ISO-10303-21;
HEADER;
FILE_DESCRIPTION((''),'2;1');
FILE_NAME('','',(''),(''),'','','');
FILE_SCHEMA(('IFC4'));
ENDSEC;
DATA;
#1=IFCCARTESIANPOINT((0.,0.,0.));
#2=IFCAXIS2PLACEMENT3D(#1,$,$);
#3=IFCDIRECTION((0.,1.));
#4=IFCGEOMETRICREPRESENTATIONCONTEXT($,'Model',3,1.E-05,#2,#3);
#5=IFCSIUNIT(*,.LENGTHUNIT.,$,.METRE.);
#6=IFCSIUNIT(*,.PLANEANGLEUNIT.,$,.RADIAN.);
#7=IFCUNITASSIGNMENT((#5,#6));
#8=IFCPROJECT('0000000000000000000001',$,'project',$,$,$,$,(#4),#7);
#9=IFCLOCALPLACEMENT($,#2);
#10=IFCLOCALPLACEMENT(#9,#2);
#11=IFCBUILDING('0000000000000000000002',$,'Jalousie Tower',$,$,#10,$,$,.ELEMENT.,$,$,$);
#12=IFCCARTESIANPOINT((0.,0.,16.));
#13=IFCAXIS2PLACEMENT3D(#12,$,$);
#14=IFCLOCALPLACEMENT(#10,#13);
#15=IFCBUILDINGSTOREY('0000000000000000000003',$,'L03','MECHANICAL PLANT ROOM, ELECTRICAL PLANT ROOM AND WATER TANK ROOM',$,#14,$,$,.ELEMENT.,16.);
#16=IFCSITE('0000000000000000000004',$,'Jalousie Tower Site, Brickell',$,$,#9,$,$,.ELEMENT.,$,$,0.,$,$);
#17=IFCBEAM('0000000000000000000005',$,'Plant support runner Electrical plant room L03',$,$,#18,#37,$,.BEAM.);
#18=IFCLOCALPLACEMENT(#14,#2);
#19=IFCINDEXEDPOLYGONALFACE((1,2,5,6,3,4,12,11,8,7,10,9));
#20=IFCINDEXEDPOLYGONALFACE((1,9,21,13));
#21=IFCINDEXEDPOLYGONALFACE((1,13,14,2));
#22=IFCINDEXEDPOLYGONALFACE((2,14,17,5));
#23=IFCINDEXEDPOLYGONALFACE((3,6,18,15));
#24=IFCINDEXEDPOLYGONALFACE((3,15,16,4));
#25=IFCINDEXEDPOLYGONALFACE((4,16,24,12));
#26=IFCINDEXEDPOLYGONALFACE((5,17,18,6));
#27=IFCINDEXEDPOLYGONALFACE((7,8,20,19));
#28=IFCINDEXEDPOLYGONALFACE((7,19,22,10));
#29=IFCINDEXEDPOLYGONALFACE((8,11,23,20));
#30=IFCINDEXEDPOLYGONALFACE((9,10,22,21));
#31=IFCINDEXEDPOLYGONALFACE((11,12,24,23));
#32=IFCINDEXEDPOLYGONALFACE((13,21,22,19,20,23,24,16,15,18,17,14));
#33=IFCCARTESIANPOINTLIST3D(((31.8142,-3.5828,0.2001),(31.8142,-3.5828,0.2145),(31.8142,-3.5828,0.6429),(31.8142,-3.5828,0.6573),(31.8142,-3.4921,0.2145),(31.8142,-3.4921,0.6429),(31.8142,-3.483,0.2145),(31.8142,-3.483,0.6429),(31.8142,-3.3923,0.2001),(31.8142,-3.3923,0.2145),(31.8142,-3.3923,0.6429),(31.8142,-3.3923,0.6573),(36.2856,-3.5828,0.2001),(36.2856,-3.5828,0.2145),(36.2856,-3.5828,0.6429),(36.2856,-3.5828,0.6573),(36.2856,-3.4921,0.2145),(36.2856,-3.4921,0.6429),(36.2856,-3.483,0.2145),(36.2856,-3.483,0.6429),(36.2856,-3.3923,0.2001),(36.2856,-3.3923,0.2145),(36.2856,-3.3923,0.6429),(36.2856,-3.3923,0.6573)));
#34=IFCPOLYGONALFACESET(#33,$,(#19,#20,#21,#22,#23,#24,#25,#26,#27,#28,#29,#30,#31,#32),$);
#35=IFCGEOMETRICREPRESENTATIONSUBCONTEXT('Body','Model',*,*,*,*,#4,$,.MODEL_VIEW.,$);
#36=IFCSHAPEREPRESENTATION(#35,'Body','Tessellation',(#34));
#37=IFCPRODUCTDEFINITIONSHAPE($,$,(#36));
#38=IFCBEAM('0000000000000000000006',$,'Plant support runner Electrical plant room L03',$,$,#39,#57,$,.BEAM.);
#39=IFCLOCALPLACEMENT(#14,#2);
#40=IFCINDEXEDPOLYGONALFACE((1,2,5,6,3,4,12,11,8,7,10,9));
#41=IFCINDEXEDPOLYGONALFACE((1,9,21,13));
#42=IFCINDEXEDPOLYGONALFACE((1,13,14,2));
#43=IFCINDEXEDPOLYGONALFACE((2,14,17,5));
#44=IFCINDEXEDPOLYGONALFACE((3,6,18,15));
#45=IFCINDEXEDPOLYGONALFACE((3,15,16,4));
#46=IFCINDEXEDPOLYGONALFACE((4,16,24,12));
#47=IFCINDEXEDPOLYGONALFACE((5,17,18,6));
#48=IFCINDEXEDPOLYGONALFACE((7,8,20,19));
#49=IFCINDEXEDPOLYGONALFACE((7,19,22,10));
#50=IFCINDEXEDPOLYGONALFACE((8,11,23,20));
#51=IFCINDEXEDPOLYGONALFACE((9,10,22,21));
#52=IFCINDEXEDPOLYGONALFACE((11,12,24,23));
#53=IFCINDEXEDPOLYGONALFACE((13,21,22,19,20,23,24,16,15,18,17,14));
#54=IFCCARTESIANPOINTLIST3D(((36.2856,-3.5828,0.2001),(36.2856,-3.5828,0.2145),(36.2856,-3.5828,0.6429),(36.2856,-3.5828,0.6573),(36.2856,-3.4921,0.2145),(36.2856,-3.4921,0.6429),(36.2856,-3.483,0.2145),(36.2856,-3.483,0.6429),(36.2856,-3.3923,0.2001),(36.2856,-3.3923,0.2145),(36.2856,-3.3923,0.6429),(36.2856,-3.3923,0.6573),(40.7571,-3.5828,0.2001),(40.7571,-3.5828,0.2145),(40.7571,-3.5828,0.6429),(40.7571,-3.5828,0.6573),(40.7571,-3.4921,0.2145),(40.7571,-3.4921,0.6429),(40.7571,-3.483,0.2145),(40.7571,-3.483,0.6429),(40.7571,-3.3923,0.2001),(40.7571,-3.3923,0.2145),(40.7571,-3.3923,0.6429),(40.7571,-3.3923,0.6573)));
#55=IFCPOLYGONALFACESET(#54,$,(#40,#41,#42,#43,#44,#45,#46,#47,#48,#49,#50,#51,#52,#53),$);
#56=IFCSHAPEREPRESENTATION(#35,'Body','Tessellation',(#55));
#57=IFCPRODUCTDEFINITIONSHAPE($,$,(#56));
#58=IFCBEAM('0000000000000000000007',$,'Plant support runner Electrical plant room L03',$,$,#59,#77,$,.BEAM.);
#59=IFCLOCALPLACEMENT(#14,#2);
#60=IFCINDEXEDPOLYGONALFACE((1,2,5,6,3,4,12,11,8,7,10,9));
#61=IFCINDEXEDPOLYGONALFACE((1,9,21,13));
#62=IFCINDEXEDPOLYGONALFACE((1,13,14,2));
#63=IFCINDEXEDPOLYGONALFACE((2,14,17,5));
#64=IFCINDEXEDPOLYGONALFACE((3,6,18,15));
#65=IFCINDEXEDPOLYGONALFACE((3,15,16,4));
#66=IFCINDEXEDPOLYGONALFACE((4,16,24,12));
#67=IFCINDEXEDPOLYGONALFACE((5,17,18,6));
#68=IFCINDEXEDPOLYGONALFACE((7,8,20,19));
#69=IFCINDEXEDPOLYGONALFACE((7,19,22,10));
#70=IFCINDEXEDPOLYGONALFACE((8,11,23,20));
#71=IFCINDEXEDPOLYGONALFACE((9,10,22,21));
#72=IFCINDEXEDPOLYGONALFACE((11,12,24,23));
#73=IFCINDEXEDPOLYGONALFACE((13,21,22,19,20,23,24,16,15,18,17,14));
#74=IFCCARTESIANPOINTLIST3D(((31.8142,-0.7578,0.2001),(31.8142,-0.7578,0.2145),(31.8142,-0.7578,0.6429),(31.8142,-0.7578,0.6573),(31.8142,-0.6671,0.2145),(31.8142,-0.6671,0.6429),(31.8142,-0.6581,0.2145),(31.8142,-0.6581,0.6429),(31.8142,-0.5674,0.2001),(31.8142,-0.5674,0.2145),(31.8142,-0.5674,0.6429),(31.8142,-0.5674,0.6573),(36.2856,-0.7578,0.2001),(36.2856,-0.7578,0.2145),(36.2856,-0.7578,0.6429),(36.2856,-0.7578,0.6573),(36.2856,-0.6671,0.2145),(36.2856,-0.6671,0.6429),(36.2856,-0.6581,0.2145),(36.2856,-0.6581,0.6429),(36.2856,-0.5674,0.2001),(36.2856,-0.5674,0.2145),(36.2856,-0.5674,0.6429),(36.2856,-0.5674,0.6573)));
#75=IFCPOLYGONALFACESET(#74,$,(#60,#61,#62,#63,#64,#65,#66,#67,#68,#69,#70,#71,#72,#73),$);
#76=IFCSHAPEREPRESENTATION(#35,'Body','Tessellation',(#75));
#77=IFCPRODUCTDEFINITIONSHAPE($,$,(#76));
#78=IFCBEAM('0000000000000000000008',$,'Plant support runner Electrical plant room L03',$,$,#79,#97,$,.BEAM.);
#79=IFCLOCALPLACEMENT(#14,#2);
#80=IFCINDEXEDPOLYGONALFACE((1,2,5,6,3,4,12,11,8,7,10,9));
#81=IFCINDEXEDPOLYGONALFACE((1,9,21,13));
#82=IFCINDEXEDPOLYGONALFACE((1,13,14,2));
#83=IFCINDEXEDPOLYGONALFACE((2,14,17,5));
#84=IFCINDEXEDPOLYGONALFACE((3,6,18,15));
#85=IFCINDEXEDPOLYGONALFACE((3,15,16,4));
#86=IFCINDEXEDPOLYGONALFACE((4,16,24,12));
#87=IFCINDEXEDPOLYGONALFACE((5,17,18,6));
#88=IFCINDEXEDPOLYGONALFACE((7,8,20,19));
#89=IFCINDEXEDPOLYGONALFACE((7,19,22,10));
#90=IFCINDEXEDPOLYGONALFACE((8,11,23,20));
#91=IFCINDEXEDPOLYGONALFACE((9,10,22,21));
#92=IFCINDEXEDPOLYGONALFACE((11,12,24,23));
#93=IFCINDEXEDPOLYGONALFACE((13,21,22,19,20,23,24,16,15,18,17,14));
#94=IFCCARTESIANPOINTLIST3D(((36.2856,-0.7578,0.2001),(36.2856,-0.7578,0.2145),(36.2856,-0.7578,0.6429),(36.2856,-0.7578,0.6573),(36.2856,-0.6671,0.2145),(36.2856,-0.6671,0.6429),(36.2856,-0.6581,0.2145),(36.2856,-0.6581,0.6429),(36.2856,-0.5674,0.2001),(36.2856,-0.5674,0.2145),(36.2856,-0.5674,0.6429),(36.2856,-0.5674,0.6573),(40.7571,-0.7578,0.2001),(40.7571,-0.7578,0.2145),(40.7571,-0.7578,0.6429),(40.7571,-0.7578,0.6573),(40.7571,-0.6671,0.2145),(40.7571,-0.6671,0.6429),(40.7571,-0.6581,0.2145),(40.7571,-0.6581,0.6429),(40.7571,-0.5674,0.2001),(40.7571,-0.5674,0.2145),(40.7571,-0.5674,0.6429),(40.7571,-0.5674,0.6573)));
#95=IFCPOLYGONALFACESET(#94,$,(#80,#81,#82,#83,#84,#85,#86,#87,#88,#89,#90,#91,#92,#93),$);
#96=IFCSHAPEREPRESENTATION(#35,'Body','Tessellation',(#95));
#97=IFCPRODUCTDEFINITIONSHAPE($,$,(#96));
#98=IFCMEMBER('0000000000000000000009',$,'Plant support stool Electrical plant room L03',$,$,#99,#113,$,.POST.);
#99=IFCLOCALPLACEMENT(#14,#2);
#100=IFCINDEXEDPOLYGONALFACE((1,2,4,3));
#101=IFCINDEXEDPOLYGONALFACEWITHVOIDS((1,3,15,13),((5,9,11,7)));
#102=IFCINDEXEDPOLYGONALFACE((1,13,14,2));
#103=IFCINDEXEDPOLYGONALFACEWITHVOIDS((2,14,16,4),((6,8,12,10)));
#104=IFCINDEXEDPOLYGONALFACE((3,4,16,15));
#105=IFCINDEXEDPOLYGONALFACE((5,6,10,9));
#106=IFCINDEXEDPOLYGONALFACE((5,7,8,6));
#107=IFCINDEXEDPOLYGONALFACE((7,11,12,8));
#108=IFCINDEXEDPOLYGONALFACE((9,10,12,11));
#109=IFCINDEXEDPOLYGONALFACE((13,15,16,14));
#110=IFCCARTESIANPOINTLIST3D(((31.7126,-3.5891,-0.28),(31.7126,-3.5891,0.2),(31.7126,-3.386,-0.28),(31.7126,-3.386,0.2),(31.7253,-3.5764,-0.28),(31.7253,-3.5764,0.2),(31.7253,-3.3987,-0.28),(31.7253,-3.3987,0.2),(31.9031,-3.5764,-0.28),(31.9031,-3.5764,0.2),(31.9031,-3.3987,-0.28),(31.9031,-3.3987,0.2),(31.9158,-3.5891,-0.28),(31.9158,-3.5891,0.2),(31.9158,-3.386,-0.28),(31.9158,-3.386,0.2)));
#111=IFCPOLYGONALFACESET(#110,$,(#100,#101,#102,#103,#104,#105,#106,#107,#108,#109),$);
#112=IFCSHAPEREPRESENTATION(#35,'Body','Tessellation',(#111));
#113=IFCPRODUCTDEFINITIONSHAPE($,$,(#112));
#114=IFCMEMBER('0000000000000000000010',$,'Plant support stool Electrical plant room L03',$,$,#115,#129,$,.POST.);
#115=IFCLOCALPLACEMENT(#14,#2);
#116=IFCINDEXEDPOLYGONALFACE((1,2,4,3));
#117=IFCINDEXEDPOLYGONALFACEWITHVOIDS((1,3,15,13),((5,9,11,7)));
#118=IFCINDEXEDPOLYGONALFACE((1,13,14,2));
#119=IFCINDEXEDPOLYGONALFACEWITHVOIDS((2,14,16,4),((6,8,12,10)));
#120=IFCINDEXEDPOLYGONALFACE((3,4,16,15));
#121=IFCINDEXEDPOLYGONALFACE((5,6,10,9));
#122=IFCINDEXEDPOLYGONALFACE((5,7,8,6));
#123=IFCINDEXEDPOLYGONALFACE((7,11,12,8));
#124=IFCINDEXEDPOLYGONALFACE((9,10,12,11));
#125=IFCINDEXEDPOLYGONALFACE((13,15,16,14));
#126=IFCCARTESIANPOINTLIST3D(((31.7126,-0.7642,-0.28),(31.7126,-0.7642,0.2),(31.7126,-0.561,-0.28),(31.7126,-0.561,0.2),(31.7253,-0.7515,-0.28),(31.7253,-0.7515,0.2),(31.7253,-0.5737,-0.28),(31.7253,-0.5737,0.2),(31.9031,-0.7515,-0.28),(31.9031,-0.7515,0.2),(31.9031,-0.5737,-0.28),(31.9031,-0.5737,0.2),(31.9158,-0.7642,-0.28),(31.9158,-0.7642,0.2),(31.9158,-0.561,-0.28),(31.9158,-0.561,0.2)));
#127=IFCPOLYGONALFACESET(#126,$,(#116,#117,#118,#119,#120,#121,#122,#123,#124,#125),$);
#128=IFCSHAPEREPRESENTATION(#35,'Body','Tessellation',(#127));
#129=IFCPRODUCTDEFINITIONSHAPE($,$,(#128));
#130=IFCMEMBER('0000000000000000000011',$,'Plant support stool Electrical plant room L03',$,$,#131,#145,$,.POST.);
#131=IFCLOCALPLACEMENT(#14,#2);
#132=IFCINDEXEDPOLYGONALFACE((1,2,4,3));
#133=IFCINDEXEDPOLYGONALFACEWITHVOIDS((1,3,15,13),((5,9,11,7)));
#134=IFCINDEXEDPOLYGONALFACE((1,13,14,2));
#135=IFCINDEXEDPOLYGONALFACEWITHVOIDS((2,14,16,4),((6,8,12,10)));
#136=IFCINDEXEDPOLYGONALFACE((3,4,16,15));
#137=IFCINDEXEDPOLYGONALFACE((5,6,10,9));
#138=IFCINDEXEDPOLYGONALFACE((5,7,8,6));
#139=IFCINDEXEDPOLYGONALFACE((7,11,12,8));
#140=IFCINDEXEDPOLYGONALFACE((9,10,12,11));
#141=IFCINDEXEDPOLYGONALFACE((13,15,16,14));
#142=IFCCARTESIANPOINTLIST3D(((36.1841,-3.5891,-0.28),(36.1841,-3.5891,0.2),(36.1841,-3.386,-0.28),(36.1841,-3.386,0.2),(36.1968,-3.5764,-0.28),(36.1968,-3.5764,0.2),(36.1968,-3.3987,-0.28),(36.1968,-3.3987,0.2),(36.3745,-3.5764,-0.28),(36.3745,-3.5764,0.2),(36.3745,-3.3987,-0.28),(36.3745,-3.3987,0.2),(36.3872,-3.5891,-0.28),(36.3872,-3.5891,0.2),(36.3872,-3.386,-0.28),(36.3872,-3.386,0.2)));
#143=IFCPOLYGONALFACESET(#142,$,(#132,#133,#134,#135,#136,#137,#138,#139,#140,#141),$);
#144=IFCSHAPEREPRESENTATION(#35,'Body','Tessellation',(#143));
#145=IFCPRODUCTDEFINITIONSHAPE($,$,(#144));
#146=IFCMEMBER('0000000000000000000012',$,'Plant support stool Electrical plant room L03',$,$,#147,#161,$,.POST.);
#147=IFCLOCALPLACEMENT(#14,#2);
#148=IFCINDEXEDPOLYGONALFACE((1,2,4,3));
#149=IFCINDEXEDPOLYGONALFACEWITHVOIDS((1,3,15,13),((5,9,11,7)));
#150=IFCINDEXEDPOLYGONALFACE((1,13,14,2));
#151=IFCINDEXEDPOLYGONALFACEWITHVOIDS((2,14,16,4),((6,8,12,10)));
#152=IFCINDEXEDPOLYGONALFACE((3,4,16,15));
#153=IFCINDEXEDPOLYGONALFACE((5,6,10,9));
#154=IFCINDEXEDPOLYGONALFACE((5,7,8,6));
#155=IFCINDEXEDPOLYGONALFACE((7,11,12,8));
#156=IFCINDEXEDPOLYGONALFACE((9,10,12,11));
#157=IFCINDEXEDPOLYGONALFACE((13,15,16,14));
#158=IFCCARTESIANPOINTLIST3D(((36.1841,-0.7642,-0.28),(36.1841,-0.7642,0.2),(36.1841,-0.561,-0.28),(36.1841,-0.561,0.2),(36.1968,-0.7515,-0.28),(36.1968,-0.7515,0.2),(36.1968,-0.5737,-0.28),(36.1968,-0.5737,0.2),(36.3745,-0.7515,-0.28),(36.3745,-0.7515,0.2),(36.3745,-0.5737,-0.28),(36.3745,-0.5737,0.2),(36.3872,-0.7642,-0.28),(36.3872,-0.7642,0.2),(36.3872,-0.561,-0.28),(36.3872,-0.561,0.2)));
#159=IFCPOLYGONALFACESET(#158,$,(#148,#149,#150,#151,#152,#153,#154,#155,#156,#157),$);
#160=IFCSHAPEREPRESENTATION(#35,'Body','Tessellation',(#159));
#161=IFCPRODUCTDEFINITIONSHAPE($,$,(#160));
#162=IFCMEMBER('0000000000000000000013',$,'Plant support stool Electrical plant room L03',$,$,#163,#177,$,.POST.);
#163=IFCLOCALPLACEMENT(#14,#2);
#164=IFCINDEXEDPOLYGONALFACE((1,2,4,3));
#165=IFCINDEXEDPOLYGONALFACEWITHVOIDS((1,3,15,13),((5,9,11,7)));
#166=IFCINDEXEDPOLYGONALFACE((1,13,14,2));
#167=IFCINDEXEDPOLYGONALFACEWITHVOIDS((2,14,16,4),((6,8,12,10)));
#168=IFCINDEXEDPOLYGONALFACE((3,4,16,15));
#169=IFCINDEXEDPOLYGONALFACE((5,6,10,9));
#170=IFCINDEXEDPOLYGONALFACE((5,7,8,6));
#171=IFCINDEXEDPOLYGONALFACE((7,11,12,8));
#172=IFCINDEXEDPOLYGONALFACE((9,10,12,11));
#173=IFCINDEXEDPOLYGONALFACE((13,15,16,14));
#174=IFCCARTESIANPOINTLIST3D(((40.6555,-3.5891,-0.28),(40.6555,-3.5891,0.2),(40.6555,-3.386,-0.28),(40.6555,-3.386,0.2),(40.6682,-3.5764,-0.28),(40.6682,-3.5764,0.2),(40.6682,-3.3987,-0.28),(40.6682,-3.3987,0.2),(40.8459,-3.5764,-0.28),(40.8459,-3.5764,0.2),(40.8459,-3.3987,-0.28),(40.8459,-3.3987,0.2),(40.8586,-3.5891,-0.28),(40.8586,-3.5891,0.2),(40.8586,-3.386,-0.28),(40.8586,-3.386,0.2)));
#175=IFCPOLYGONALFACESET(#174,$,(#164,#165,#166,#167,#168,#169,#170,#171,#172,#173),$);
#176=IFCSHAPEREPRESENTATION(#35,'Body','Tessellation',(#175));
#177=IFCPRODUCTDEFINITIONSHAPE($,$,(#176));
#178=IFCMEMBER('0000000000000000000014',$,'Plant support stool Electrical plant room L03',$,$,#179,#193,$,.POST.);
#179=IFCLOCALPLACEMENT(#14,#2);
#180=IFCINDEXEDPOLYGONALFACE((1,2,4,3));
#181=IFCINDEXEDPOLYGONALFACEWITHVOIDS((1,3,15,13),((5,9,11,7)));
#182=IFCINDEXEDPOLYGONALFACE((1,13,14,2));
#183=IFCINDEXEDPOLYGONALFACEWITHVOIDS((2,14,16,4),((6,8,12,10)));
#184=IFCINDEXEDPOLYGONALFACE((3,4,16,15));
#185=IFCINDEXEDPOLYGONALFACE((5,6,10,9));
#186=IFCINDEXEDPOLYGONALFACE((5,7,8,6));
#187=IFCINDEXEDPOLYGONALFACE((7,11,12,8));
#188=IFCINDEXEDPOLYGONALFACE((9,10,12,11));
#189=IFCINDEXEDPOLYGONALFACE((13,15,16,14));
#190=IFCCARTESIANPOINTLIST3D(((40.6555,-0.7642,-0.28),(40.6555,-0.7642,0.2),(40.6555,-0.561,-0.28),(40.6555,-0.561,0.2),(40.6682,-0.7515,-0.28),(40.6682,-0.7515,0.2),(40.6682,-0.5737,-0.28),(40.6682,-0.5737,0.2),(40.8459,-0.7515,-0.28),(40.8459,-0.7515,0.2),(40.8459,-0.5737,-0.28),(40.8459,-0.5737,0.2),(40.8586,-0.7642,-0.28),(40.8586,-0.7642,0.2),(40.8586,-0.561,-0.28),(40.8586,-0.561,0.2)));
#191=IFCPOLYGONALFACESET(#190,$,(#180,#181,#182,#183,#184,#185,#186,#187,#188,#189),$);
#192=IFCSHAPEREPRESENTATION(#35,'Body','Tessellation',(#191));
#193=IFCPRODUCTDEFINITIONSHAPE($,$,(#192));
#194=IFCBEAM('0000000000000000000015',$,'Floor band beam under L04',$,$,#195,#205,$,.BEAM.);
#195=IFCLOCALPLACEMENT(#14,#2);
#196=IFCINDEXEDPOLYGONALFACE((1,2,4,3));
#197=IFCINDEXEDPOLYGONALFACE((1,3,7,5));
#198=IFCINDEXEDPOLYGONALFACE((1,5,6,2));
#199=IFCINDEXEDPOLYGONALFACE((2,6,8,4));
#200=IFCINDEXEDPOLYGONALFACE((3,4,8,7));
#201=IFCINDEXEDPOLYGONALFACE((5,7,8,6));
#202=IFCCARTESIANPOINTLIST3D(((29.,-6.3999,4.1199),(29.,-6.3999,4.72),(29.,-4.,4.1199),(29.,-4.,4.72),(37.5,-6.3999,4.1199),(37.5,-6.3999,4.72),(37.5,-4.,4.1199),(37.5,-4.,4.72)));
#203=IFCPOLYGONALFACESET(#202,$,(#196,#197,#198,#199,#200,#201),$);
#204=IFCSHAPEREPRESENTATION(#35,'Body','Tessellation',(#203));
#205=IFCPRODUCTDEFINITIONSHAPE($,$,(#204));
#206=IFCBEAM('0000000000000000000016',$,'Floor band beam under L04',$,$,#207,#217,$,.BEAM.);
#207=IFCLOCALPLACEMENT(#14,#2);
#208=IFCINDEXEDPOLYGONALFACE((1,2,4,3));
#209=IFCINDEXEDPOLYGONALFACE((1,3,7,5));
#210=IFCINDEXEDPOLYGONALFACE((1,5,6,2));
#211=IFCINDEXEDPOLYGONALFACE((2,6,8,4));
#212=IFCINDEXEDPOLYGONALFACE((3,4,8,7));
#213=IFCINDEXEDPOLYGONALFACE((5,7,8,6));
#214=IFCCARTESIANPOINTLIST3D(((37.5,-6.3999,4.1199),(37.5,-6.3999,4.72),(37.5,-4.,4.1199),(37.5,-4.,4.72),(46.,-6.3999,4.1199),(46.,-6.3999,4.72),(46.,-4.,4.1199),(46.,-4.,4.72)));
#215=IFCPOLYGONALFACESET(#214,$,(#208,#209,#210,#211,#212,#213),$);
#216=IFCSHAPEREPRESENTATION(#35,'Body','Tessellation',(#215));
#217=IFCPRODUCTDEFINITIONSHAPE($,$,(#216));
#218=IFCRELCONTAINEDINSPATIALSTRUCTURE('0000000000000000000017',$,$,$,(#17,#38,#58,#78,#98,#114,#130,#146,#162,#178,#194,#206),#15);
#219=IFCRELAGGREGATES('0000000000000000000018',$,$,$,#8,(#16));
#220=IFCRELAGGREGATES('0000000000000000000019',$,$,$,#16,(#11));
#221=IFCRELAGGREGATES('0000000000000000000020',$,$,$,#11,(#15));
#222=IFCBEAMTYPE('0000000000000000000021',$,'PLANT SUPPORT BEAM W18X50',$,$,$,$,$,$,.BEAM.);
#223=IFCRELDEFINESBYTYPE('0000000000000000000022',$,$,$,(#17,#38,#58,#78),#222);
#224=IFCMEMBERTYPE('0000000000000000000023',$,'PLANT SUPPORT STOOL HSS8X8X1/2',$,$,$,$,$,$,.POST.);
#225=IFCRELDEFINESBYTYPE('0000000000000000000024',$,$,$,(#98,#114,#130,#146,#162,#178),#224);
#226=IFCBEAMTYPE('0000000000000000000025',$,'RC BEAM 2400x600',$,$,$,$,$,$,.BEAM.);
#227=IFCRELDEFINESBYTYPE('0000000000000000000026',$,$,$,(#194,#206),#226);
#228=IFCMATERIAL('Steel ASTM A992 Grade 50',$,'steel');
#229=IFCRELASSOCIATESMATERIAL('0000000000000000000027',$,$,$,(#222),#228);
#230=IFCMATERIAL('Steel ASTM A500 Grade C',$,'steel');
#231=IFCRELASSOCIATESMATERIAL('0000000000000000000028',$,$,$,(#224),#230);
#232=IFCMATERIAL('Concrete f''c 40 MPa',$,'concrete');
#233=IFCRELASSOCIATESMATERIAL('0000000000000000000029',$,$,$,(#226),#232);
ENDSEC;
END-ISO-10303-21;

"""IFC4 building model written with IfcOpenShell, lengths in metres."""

from ifc_helpers import new_model, si_unit, direction, frame, origin, origin_2d, place, context, subcontext, project, spatial, rectangle, hollow_rectangle, i_section, extrude, material, material_profile, profile_set, type_object, element, save


model = new_model("IFC4")

# Units and contexts
model_context = context("Model", 3, precision=1e-05, world=origin(), true_north=direction((0.0, 1.0)))
body_context = subcontext(model_context, "Body", "Model", "MODEL_VIEW")
ifc_project = project(units=[si_unit("LENGTHUNIT", "METRE"), si_unit("PLANEANGLEUNIT", "RADIAN")], contexts=[model_context])

# Site, building, storey
site_placement = place(None, origin())
site = spatial("IfcSite", under=ifc_project, at=site_placement, Name="Jalousie Tower Site, Brickell", CompositionType="ELEMENT", RefElevation=0.0)
building_placement = place(site_placement, origin())
building = spatial("IfcBuilding", under=site, at=building_placement, Name="Jalousie Tower", CompositionType="ELEMENT")
storey_placement = place(building_placement, frame((0.0, 0.0, 16.0)))
storey = spatial("IfcBuildingStorey", under=building, at=storey_placement, Name="L03", Description="MECHANICAL PLANT ROOM, ELECTRICAL PLANT ROOM AND WATER TANK ROOM", CompositionType="ELEMENT", Elevation=16.0)

# Beams
ifc_material_1 = material(Name="Steel ASTM A992 Grade 50", Category="steel")
ifc_material_profile_1 = material_profile(ifc_material_1, i_section(OverallWidth=0.1904, OverallDepth=0.4573, WebThickness=0.009, FlangeThickness=0.0144, at=origin_2d()), Name="W18X50")
ifc_profile_set_1 = profile_set([ifc_material_profile_1], Name="Steel ASTM A992 Grade 50")
beam_type_1 = type_object("IfcBeamType", Name="PLANT SUPPORT BEAM W18X50", PredefinedType="BEAM", material=ifc_profile_set_1)
for number, where, z_axis, x_axis, name in (
    (1, (31.8142, -3.4875, 0.4287), (1.0, 0.0, 0.0), (0.0, 1.0, 0.0), "Plant support runner Electrical plant room L03"),
    (2, (36.2856, -3.4875, 0.4287), (1.0, 0.0, 0.0), (0.0, 1.0, 0.0), "Plant support runner Electrical plant room L03"),
    (3, (31.8142, -0.6626, 0.4287), (1.0, 0.0, 0.0), (0.0, 1.0, 0.0), "Plant support runner Electrical plant room L03"),
    (4, (36.2856, -0.6626, 0.4287), (1.0, 0.0, 0.0), (0.0, 1.0, 0.0), "Plant support runner Electrical plant room L03"),
):
    element("IfcBeam", number, at=place(storey_placement, frame(where, z_axis=z_axis, x_axis=x_axis)), inside=storey, type_object=beam_type_1, Name=name, PredefinedType="BEAM", context=body_context, shape_type="SweptSolid", body=[
        extrude(i_section(OverallWidth=0.1904, OverallDepth=0.4573, WebThickness=0.009, FlangeThickness=0.0144, at=origin_2d()), origin(), (0.0, 0.0, 1.0), 4.4714),
    ])

# Members
ifc_material_2 = material(Name="Steel ASTM A500 Grade C", Category="steel")
ifc_material_profile_2 = material_profile(ifc_material_2, hollow_rectangle(XDim=0.2031, YDim=0.2031, WallThickness=0.0127, at=origin_2d()), Name="HSS8X8X1/2")
ifc_profile_set_2 = profile_set([ifc_material_profile_2], Name="Steel ASTM A500 Grade C")
member_type = type_object("IfcMemberType", Name="PLANT SUPPORT STOOL HSS8X8X1/2", PredefinedType="POST", material=ifc_profile_set_2)
for number, where, z_axis, x_axis, name in (
    (5, (31.8142, -3.4875, -0.28), (0.0, 0.0, 1.0), (1.0, 0.0, 0.0), "Plant support stool Electrical plant room L03"),
    (6, (31.8142, -0.6626, -0.28), (0.0, 0.0, 1.0), (1.0, 0.0, 0.0), "Plant support stool Electrical plant room L03"),
    (7, (36.2856, -3.4875, -0.28), (0.0, 0.0, 1.0), (1.0, 0.0, 0.0), "Plant support stool Electrical plant room L03"),
    (8, (36.2856, -0.6626, -0.28), (0.0, 0.0, 1.0), (1.0, 0.0, 0.0), "Plant support stool Electrical plant room L03"),
    (9, (40.7571, -3.4875, -0.28), (0.0, 0.0, 1.0), (1.0, 0.0, 0.0), "Plant support stool Electrical plant room L03"),
    (10, (40.7571, -0.6626, -0.28), (0.0, 0.0, 1.0), (1.0, 0.0, 0.0), "Plant support stool Electrical plant room L03"),
):
    element("IfcMember", number, at=place(storey_placement, frame(where, z_axis=z_axis, x_axis=x_axis)), inside=storey, type_object=member_type, Name=name, PredefinedType="POST", context=body_context, shape_type="SweptSolid", body=[
        extrude(hollow_rectangle(XDim=0.2031, YDim=0.2031, WallThickness=0.0127, at=origin_2d()), origin(), (0.0, 0.0, 1.0), 0.48),
    ])

# Beams
ifc_material_3 = material(Name="Concrete f'c 40 MPa", Category="concrete")
ifc_material_profile_3 = material_profile(ifc_material_3, rectangle(XDim=2.3999, YDim=0.6001, at=origin_2d()), Name="RC 2400x600")
ifc_profile_set_3 = profile_set([ifc_material_profile_3], Name="Concrete f'c 40 MPa")
beam_type_2 = type_object("IfcBeamType", Name="RC BEAM 2400x600", PredefinedType="BEAM", material=ifc_profile_set_3)
for number, where, z_axis, x_axis, name in (
    (11, (29.0, -5.2, 4.4199), (1.0, 0.0, 0.0), (0.0, 1.0, 0.0), "Floor band beam under L04"),
    (12, (37.5, -5.2, 4.4199), (1.0, 0.0, 0.0), (0.0, 1.0, 0.0), "Floor band beam under L04"),
):
    element("IfcBeam", number, at=place(storey_placement, frame(where, z_axis=z_axis, x_axis=x_axis)), inside=storey, type_object=beam_type_2, Name=name, PredefinedType="BEAM", context=body_context, shape_type="SweptSolid", body=[
        extrude(rectangle(XDim=2.3999, YDim=0.6001, at=origin_2d()), origin(), (0.0, 0.0, 1.0), 8.5),
    ])

save(model, "model.ifc")
